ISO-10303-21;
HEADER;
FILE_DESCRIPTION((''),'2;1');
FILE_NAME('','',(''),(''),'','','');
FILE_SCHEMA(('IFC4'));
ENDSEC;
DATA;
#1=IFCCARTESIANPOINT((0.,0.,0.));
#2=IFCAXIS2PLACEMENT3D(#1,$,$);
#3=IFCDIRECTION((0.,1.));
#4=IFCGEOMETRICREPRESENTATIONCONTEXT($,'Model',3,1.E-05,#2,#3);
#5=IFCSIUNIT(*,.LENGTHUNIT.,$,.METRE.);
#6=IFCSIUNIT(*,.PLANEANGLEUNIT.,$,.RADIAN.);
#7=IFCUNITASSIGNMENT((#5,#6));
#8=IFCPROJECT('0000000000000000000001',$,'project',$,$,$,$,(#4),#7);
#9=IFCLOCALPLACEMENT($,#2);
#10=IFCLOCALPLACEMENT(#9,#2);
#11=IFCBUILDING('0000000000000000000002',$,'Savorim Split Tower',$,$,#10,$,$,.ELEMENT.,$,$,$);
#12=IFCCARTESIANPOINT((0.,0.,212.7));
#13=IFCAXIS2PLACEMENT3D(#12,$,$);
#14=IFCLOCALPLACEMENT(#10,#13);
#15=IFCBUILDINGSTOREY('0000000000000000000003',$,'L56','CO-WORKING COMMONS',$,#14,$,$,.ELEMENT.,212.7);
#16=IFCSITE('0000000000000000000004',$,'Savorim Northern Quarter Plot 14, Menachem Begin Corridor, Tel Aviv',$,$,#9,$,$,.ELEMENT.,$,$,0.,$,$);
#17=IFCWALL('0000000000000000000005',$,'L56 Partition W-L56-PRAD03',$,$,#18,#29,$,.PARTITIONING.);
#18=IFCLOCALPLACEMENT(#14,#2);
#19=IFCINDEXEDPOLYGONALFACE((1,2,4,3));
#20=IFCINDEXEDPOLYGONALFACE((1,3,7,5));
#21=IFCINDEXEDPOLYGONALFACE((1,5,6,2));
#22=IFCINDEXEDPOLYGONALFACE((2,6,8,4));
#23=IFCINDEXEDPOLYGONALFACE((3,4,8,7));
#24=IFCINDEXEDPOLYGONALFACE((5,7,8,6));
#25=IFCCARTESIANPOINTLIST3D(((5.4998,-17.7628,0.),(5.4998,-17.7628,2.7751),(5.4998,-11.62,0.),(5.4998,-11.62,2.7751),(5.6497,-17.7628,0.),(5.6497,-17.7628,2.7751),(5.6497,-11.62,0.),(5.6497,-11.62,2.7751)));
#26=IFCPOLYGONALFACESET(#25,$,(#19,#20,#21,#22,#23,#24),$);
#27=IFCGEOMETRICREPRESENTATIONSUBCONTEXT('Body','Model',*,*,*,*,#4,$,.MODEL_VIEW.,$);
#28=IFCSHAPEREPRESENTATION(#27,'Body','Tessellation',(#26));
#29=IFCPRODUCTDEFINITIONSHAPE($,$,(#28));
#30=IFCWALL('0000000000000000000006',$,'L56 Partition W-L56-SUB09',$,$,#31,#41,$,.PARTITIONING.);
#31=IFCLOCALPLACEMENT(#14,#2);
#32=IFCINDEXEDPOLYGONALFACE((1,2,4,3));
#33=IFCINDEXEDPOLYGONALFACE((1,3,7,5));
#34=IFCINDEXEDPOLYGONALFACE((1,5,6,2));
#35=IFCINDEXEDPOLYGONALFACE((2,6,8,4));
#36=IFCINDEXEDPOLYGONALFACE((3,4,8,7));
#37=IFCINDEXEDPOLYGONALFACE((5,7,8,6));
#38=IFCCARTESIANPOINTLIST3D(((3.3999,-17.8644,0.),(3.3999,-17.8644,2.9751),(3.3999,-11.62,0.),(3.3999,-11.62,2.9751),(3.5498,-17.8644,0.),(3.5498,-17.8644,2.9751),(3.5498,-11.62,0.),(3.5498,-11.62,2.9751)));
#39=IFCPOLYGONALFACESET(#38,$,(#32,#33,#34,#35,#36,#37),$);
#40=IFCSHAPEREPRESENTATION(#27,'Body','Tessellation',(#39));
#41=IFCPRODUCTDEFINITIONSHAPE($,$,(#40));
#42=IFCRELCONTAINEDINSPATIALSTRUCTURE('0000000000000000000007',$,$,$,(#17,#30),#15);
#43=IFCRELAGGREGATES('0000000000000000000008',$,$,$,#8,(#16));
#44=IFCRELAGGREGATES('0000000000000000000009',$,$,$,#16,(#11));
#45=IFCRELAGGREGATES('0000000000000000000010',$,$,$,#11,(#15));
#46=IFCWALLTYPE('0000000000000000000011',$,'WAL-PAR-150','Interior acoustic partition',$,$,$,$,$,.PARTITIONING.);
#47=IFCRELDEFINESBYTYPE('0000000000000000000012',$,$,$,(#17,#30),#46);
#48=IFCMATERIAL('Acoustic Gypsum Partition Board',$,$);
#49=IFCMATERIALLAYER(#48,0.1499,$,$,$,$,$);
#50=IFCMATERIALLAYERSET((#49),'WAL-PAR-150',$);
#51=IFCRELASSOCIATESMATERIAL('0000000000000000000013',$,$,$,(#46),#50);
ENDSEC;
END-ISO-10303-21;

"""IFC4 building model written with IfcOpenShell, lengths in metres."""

from ifc_helpers import new_model, si_unit, direction, frame, frame_2d, origin, place, context, subcontext, project, spatial, rectangle, extrude, material, layer, layer_set, type_object, element, save


model = new_model("IFC4")

# Units and contexts
model_context = context("Model", 3, precision=1e-05, world=origin(), true_north=direction((0.0, 1.0)))
body_context = subcontext(model_context, "Body", "Model", "MODEL_VIEW")
ifc_project = project(units=[si_unit("LENGTHUNIT", "METRE"), si_unit("PLANEANGLEUNIT", "RADIAN")], contexts=[model_context])

# Site, building, storey
site_placement = place(None, origin())
site = spatial("IfcSite", under=ifc_project, at=site_placement, Name="Savorim Northern Quarter Plot 14, Menachem Begin Corridor, Tel Aviv", CompositionType="ELEMENT", RefElevation=0.0)
building_placement = place(site_placement, origin())
building = spatial("IfcBuilding", under=site, at=building_placement, Name="Savorim Split Tower", CompositionType="ELEMENT")
storey_placement = place(building_placement, frame((0.0, 0.0, 212.7)))
storey = spatial("IfcBuildingStorey", under=building, at=storey_placement, Name="L56", Description="CO-WORKING COMMONS", CompositionType="ELEMENT", Elevation=212.7)

# Shared definitions
ifc_material_1 = material(Name="Acoustic Gypsum Partition Board")
ifc_layer_1 = layer(ifc_material_1, 0.1499)
ifc_layer_set_1 = layer_set([ifc_layer_1], Name="WAL-PAR-150")
wall_type = type_object("IfcWallType", Name="WAL-PAR-150", Description="Interior acoustic partition", PredefinedType="PARTITIONING", material=ifc_layer_set_1)

# Walls
wall_1_placement = place(storey_placement, frame((5.5747, -11.6201, 0.0), z_axis=(0.0, 0.0, 1.0), x_axis=(0.0, -1.0, 0.0)))
element("IfcWall", 1, at=wall_1_placement, inside=storey, type_object=wall_type, Name="L56 Partition W-L56-PRAD03", PredefinedType="PARTITIONING", context=body_context, shape_type="SweptSolid", body=[
    extrude(rectangle(XDim=6.1428, YDim=0.1499, at=frame_2d((3.0713, 0.0))), origin(), (0.0, 0.0, 1.0), 2.7751),
])
wall_2_placement = place(storey_placement, frame((3.4749, -11.6201, 0.0), z_axis=(0.0, 0.0, 1.0), x_axis=(0.0, -1.0, 0.0)))
element("IfcWall", 2, at=wall_2_placement, inside=storey, type_object=wall_type, Name="L56 Partition W-L56-SUB09", PredefinedType="PARTITIONING", context=body_context, shape_type="SweptSolid", body=[
    extrude(rectangle(XDim=6.2444, YDim=0.1499, at=frame_2d((3.1221, 0.0))), origin(), (0.0, 0.0, 1.0), 2.9751),
])

save(model, "model.ifc")
